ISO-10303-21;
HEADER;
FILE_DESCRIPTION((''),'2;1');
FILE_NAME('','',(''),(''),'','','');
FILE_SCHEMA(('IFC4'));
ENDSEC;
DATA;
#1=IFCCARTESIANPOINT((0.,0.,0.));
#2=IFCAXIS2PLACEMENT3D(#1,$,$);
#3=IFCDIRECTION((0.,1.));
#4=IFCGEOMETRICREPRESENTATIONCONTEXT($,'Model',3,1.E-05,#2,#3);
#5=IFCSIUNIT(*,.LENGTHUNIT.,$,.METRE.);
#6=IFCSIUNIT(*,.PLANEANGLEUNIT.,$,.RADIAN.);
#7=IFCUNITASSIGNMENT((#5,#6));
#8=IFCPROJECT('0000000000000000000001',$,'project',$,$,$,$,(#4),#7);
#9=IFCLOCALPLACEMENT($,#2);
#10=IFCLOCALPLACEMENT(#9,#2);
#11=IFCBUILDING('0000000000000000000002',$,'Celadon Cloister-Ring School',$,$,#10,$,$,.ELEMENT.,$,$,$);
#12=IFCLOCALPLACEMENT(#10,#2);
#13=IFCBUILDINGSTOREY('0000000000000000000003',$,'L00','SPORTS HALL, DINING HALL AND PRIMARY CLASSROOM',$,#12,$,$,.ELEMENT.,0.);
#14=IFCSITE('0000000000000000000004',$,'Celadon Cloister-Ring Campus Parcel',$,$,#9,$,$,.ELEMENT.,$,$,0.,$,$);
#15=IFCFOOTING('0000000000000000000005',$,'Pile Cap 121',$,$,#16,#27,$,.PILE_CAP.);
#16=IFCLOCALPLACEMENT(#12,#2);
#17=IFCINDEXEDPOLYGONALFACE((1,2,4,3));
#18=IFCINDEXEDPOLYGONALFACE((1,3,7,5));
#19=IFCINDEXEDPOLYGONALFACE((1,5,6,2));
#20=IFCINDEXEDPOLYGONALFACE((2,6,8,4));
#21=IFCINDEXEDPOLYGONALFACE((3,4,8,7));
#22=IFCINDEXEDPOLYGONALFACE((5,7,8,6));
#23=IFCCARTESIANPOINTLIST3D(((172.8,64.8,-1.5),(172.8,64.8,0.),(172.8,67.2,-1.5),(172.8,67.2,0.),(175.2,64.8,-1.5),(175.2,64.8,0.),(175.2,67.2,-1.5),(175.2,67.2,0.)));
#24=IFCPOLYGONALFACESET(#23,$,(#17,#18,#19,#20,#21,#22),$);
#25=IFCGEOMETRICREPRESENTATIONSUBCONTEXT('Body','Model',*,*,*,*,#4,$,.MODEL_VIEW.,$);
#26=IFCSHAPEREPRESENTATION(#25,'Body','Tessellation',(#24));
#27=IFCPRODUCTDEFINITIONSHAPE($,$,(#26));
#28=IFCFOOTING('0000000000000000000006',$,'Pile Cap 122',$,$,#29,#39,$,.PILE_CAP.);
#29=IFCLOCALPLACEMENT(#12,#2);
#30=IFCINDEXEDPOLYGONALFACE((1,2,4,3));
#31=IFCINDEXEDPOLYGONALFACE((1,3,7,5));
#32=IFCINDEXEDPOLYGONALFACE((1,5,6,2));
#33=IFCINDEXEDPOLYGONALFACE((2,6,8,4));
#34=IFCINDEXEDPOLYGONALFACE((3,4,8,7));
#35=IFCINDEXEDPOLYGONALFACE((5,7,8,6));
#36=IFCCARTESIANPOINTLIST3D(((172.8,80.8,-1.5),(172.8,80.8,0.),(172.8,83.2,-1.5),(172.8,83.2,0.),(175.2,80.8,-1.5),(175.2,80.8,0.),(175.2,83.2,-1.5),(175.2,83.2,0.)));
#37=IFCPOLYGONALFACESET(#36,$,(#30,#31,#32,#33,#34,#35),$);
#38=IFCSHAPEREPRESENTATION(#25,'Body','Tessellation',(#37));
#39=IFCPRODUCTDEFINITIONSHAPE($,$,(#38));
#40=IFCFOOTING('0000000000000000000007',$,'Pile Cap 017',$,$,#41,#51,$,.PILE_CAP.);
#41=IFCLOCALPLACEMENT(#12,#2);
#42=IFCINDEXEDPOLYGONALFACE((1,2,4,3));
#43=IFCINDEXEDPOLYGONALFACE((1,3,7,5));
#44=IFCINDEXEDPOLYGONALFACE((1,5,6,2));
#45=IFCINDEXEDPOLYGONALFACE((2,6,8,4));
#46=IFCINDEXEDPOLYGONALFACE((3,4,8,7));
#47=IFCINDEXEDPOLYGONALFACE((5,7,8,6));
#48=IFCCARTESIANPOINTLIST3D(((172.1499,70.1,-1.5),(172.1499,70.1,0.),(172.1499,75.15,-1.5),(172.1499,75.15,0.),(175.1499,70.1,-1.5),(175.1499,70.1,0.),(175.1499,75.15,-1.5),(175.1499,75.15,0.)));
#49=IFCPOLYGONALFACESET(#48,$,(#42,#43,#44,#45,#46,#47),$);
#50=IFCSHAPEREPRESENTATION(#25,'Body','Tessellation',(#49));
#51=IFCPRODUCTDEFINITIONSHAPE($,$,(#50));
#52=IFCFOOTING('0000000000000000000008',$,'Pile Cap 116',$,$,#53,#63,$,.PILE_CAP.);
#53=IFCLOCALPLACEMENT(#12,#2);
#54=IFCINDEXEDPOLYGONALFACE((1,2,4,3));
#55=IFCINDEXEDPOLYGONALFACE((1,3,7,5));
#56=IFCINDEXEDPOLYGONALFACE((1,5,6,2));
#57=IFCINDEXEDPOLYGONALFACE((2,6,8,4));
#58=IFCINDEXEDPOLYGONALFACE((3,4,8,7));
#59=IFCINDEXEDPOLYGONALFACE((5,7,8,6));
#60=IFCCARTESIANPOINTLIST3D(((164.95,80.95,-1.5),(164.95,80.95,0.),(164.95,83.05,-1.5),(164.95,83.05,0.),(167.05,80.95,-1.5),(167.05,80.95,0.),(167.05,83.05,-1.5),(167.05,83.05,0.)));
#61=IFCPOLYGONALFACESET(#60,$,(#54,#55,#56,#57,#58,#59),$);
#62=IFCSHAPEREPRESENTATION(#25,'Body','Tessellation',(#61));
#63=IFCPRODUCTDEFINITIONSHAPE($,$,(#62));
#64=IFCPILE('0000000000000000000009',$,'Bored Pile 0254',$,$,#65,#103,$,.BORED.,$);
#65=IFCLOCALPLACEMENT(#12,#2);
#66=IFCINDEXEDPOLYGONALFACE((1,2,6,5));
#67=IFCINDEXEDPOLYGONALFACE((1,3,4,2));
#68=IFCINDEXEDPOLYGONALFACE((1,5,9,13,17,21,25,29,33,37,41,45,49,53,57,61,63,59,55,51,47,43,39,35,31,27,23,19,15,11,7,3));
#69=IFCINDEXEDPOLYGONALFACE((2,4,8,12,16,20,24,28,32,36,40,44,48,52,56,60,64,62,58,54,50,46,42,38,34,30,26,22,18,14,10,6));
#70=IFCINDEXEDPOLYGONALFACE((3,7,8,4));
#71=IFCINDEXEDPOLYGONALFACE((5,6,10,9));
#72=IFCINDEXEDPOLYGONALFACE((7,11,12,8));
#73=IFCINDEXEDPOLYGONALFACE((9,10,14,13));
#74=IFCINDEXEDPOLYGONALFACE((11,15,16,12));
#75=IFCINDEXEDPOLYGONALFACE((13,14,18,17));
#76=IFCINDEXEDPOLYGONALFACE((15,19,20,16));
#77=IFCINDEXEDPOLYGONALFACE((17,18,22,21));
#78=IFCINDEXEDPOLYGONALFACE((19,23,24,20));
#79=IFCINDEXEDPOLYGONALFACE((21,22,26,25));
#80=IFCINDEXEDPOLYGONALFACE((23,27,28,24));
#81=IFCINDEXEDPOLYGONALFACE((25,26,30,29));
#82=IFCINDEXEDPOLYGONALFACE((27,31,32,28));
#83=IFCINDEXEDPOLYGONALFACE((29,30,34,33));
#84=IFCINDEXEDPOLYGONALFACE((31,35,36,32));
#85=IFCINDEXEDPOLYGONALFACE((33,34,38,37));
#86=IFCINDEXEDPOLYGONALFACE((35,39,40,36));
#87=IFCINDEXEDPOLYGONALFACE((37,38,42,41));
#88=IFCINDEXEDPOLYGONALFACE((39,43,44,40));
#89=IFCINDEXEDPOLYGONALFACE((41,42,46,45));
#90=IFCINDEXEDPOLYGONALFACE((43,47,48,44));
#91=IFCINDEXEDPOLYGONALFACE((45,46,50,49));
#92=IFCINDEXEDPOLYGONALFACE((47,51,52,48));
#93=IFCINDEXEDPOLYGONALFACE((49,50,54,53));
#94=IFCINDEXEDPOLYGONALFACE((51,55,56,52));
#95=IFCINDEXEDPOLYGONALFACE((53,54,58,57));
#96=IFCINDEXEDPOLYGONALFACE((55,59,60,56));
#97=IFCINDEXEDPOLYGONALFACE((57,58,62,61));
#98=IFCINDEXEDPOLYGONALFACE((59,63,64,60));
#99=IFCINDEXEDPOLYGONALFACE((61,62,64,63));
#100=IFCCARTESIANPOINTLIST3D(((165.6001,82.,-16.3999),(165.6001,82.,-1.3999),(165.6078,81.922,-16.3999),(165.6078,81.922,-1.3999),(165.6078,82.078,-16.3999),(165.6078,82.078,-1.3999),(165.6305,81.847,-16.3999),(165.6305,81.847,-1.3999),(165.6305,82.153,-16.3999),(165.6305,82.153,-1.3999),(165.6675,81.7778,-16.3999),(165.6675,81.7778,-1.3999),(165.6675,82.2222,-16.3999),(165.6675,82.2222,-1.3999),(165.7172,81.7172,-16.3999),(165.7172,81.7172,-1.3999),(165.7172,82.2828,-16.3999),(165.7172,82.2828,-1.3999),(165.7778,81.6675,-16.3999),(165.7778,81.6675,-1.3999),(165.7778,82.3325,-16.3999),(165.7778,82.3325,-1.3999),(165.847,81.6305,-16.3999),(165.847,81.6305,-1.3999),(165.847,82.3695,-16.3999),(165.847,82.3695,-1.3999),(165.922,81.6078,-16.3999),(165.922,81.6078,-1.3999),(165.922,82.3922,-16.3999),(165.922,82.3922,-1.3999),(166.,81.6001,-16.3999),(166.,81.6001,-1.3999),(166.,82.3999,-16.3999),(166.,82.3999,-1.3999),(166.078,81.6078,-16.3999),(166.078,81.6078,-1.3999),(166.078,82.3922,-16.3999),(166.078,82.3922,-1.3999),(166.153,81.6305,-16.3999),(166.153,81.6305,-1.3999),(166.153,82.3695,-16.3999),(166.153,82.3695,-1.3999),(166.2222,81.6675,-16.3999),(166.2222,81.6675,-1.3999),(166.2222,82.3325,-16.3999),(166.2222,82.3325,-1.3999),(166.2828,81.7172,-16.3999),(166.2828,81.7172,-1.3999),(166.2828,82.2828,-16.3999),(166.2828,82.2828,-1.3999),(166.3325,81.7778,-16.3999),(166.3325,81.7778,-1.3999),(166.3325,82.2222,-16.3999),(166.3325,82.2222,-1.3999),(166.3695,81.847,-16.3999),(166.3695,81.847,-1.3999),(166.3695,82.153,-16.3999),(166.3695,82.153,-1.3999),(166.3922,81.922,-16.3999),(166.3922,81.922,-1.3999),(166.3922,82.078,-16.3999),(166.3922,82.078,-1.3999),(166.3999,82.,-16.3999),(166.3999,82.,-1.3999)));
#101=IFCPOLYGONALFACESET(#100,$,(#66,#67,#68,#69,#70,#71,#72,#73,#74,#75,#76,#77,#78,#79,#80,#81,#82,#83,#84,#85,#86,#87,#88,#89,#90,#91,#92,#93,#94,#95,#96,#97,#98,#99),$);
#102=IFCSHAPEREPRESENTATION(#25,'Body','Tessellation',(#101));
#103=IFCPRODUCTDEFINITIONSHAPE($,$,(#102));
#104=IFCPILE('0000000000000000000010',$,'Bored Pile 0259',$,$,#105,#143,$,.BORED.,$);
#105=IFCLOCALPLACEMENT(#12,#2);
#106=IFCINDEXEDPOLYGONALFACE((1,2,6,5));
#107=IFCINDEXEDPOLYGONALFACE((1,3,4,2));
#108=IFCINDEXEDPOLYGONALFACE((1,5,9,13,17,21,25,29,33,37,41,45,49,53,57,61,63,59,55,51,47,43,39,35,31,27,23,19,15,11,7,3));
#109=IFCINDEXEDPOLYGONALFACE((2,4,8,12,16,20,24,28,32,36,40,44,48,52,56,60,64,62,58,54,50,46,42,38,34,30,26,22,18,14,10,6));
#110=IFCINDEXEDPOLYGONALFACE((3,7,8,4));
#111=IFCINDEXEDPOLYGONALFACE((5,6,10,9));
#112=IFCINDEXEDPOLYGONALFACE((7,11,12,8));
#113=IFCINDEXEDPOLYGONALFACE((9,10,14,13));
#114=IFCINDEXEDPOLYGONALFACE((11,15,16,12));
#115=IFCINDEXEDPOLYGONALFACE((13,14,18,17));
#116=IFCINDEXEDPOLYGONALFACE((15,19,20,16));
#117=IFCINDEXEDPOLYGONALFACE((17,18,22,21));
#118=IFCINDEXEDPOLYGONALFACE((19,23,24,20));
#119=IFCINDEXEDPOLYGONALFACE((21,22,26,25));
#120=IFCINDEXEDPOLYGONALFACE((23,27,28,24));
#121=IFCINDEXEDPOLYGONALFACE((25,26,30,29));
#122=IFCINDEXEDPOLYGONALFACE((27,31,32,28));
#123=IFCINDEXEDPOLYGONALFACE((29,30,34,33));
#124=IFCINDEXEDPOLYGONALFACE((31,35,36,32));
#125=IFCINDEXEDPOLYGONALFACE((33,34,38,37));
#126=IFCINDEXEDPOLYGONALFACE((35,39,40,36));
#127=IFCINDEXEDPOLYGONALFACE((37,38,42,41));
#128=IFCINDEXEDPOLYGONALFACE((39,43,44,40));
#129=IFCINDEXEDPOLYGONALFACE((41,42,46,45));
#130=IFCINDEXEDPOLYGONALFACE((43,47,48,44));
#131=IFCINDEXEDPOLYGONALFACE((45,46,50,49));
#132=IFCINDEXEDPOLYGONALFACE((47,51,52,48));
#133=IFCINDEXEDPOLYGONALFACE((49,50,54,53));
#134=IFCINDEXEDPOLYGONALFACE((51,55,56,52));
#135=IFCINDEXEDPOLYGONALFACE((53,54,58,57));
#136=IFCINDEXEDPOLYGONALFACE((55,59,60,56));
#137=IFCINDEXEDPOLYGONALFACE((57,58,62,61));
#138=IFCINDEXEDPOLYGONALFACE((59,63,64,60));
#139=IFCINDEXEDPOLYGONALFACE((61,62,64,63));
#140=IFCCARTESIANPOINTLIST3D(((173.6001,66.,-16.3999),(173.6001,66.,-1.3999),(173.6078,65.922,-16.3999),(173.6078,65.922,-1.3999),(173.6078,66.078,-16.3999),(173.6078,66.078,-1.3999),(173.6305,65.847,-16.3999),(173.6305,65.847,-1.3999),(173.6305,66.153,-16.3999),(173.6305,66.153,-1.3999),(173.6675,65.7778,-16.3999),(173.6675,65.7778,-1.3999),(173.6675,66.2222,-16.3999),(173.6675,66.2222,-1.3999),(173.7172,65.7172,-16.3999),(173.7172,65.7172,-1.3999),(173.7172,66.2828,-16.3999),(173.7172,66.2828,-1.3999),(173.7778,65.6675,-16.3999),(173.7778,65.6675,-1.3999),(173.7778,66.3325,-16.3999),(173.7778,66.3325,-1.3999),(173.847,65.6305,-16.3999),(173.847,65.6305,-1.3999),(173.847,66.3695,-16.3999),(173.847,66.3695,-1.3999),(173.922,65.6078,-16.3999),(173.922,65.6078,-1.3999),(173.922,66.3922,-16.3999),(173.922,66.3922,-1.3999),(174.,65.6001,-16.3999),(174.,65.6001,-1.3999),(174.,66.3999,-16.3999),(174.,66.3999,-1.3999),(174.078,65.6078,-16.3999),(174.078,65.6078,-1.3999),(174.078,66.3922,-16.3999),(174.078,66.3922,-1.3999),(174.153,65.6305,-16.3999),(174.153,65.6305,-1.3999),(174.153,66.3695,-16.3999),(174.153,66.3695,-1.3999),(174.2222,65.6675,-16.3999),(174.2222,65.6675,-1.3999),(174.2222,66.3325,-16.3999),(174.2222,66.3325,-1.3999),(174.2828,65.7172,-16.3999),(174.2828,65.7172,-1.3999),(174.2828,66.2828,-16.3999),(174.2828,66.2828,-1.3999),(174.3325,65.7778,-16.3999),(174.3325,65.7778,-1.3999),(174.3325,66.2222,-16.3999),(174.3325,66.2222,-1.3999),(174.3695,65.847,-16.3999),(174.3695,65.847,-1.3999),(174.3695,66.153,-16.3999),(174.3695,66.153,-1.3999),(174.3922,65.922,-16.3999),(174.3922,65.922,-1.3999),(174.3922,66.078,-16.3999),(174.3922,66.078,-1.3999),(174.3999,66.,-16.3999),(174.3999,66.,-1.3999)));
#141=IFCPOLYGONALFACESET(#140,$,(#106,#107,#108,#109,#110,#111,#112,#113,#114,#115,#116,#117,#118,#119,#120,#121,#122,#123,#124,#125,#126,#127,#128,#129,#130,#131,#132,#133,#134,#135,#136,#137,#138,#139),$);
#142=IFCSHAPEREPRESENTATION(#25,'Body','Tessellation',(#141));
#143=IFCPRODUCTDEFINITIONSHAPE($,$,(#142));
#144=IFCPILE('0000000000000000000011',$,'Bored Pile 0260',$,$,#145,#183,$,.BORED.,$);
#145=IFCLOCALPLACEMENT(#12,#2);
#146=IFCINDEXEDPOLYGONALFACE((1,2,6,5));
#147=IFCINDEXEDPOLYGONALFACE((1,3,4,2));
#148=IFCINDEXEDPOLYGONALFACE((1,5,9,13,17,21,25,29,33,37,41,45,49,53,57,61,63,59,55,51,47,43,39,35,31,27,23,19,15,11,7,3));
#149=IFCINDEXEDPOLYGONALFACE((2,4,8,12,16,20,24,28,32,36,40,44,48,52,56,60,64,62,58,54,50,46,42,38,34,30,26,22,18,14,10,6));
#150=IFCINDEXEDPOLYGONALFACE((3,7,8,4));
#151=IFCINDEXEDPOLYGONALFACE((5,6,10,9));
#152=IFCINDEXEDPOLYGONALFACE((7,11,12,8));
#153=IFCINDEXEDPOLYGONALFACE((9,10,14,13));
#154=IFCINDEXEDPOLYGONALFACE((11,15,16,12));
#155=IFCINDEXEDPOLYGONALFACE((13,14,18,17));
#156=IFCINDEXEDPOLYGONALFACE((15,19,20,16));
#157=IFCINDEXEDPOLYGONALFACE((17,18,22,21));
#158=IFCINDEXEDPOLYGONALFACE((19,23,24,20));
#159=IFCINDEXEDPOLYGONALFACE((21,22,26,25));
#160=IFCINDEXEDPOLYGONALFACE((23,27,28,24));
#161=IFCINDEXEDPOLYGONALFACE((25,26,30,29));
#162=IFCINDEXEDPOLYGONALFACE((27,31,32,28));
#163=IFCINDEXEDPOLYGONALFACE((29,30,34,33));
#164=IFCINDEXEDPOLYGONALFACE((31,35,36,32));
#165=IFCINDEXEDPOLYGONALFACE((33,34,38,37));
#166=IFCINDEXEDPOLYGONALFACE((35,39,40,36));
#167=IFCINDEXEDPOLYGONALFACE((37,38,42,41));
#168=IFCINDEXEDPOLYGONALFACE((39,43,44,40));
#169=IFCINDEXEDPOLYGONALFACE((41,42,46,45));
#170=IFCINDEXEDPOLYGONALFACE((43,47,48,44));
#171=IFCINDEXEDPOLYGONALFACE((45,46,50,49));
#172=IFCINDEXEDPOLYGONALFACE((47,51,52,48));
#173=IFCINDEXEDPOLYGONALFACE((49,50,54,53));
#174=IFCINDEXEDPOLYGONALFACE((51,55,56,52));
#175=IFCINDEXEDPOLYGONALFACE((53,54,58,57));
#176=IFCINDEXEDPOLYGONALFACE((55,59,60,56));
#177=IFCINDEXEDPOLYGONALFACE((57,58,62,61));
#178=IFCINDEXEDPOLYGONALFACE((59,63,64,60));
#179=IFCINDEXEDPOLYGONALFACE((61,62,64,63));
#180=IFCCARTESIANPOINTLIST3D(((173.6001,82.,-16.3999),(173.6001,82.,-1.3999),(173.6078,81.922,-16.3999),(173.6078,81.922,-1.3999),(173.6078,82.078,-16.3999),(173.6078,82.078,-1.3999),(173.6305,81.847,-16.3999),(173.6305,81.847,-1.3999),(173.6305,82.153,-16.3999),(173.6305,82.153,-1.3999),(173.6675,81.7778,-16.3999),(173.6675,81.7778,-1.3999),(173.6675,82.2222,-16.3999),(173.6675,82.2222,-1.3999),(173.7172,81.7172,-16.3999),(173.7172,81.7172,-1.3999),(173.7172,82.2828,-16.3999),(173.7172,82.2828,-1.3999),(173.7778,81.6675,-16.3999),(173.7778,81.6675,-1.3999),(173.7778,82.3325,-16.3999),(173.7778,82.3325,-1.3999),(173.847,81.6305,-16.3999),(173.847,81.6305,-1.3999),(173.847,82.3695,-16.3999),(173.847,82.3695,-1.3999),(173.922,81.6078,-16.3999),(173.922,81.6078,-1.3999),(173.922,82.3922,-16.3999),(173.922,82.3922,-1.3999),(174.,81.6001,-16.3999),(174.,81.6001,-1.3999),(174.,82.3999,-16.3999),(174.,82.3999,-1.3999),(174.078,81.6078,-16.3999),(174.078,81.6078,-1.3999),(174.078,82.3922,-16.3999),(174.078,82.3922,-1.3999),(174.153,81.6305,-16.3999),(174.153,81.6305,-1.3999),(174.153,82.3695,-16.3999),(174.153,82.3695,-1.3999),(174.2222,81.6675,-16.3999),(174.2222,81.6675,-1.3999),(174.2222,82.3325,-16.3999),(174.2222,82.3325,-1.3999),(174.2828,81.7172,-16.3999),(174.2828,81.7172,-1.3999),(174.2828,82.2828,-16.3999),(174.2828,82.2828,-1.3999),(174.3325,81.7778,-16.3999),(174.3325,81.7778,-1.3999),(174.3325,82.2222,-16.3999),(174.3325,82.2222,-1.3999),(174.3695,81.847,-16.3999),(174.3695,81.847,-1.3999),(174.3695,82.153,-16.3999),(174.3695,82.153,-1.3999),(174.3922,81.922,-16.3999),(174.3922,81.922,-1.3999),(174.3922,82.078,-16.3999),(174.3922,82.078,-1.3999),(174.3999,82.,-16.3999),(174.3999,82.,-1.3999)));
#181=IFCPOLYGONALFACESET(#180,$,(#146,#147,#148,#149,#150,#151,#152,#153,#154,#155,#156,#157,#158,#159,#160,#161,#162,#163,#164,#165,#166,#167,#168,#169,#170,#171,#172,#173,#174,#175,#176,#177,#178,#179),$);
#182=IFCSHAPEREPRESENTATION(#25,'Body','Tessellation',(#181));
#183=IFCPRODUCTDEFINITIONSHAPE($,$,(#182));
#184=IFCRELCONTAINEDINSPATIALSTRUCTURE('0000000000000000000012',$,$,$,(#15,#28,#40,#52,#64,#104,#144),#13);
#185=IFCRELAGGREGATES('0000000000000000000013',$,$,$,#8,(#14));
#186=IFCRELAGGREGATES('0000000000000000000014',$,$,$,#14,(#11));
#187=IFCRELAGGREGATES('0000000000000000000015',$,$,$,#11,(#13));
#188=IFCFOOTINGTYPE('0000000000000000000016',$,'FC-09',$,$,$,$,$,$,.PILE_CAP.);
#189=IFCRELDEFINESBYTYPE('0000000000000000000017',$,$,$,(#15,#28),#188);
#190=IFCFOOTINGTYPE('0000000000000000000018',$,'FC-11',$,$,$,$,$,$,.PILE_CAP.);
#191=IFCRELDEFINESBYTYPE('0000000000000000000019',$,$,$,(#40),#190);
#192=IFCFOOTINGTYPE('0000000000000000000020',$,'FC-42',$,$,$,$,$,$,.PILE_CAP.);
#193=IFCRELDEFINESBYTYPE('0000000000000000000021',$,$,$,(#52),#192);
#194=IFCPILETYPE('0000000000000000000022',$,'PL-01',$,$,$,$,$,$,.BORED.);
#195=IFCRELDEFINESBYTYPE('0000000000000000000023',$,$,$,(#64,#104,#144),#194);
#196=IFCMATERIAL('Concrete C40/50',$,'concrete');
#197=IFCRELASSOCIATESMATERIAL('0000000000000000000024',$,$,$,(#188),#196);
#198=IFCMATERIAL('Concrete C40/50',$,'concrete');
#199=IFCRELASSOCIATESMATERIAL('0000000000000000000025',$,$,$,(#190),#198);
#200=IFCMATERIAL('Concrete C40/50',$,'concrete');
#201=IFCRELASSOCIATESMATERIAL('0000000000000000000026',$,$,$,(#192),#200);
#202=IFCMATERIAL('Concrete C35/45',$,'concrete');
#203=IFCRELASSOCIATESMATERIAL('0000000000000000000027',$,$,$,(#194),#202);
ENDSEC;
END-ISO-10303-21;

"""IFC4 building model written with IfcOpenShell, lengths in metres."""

from ifc_helpers import new_model, si_unit, direction, frame, origin, origin_2d, place, context, subcontext, project, spatial, rectangle, circle, extrude, material, material_profile, profile_set, type_object, element, save


model = new_model("IFC4")

# Units and contexts
model_context = context("Model", 3, precision=1e-05, world=origin(), true_north=direction((0.0, 1.0)))
body_context = subcontext(model_context, "Body", "Model", "MODEL_VIEW")
ifc_project = project(units=[si_unit("LENGTHUNIT", "METRE"), si_unit("PLANEANGLEUNIT", "RADIAN")], contexts=[model_context])

# Site, building, storey
site_placement = place(None, origin())
site = spatial("IfcSite", under=ifc_project, at=site_placement, Name="Celadon Cloister-Ring Campus Parcel", CompositionType="ELEMENT", RefElevation=0.0)
building_placement = place(site_placement, origin())
building = spatial("IfcBuilding", under=site, at=building_placement, Name="Celadon Cloister-Ring School", CompositionType="ELEMENT")
storey_placement = place(building_placement, origin())
storey = spatial("IfcBuildingStorey", under=building, at=storey_placement, Name="L00", Description="SPORTS HALL, DINING HALL AND PRIMARY CLASSROOM", CompositionType="ELEMENT", Elevation=0.0)

# Footings
ifc_material_1 = material(Name="Concrete C40/50", Category="concrete")
footing_type_1 = type_object("IfcFootingType", Name="FC-09", PredefinedType="PILE_CAP", material=ifc_material_1)
for number, where, z_axis, x_axis, name in (
    (1, (174.0, 66.0, -1.5), (0.0, 0.0, 1.0), (1.0, 0.0, 0.0), "Pile Cap 121"),
    (2, (174.0, 82.0, -1.5), (0.0, 0.0, 1.0), (1.0, 0.0, 0.0), "Pile Cap 122"),
):
    element("IfcFooting", number, at=place(storey_placement, frame(where, z_axis=z_axis, x_axis=x_axis)), inside=storey, type_object=footing_type_1, Name=name, PredefinedType="PILE_CAP", context=body_context, shape_type="SweptSolid", body=[
        extrude(rectangle(XDim=2.3999, YDim=2.3999, at=origin_2d()), origin(), (0.0, 0.0, 1.0), 1.5),
    ])
ifc_material_2 = material(Name="Concrete C40/50", Category="concrete")
footing_type_2 = type_object("IfcFootingType", Name="FC-11", PredefinedType="PILE_CAP", material=ifc_material_2)
footing_1_placement = place(storey_placement, frame((173.6499, 72.625, -1.5), z_axis=(0.0, 0.0, 1.0), x_axis=(1.0, 0.0, 0.0)))
element("IfcFooting", 3, at=footing_1_placement, inside=storey, type_object=footing_type_2, Name="Pile Cap 017", PredefinedType="PILE_CAP", context=body_context, shape_type="SweptSolid", body=[
    extrude(rectangle(XDim=3.0, YDim=5.05, at=origin_2d()), origin(), (0.0, 0.0, 1.0), 1.5),
])
ifc_material_3 = material(Name="Concrete C40/50", Category="concrete")
footing_type_3 = type_object("IfcFootingType", Name="FC-42", PredefinedType="PILE_CAP", material=ifc_material_3)
footing_2_placement = place(storey_placement, frame((166.0, 82.0, -1.5), z_axis=(0.0, 0.0, 1.0), x_axis=(1.0, 0.0, 0.0)))
element("IfcFooting", 4, at=footing_2_placement, inside=storey, type_object=footing_type_3, Name="Pile Cap 116", PredefinedType="PILE_CAP", context=body_context, shape_type="SweptSolid", body=[
    extrude(rectangle(XDim=2.1001, YDim=2.1001, at=origin_2d()), origin(), (0.0, 0.0, 1.0), 1.5),
])

# Piles
ifc_material_4 = material(Name="Concrete C35/45", Category="concrete")
ifc_material_profile_1 = material_profile(ifc_material_4, circle(Radius=0.3999, at=origin_2d()), Name="PILE800")
ifc_profile_set_1 = profile_set([ifc_material_profile_1], Name="Concrete C35/45")
pile_type_1 = type_object("IfcPileType", Name="PL-01", PredefinedType="BORED", material=ifc_profile_set_1)
for number, where, z_axis, x_axis, name in (
    (5, (166.0, 82.0, -1.3999), (0.0, 0.0, -1.0), (1.0, 0.0, 0.0), "Bored Pile 0254"),
    (6, (174.0, 66.0, -1.3999), (0.0, 0.0, -1.0), (1.0, 0.0, 0.0), "Bored Pile 0259"),
    (7, (174.0, 82.0, -1.3999), (0.0, 0.0, -1.0), (1.0, 0.0, 0.0), "Bored Pile 0260"),
):
    element("IfcPile", number, at=place(storey_placement, frame(where, z_axis=z_axis, x_axis=x_axis)), inside=storey, type_object=pile_type_1, Name=name, PredefinedType="BORED", context=body_context, shape_type="SweptSolid", body=[
        extrude(circle(Radius=0.3999, at=origin_2d()), origin(), (0.0, 0.0, 1.0), 15.0),
    ])

save(model, "model.ifc")
